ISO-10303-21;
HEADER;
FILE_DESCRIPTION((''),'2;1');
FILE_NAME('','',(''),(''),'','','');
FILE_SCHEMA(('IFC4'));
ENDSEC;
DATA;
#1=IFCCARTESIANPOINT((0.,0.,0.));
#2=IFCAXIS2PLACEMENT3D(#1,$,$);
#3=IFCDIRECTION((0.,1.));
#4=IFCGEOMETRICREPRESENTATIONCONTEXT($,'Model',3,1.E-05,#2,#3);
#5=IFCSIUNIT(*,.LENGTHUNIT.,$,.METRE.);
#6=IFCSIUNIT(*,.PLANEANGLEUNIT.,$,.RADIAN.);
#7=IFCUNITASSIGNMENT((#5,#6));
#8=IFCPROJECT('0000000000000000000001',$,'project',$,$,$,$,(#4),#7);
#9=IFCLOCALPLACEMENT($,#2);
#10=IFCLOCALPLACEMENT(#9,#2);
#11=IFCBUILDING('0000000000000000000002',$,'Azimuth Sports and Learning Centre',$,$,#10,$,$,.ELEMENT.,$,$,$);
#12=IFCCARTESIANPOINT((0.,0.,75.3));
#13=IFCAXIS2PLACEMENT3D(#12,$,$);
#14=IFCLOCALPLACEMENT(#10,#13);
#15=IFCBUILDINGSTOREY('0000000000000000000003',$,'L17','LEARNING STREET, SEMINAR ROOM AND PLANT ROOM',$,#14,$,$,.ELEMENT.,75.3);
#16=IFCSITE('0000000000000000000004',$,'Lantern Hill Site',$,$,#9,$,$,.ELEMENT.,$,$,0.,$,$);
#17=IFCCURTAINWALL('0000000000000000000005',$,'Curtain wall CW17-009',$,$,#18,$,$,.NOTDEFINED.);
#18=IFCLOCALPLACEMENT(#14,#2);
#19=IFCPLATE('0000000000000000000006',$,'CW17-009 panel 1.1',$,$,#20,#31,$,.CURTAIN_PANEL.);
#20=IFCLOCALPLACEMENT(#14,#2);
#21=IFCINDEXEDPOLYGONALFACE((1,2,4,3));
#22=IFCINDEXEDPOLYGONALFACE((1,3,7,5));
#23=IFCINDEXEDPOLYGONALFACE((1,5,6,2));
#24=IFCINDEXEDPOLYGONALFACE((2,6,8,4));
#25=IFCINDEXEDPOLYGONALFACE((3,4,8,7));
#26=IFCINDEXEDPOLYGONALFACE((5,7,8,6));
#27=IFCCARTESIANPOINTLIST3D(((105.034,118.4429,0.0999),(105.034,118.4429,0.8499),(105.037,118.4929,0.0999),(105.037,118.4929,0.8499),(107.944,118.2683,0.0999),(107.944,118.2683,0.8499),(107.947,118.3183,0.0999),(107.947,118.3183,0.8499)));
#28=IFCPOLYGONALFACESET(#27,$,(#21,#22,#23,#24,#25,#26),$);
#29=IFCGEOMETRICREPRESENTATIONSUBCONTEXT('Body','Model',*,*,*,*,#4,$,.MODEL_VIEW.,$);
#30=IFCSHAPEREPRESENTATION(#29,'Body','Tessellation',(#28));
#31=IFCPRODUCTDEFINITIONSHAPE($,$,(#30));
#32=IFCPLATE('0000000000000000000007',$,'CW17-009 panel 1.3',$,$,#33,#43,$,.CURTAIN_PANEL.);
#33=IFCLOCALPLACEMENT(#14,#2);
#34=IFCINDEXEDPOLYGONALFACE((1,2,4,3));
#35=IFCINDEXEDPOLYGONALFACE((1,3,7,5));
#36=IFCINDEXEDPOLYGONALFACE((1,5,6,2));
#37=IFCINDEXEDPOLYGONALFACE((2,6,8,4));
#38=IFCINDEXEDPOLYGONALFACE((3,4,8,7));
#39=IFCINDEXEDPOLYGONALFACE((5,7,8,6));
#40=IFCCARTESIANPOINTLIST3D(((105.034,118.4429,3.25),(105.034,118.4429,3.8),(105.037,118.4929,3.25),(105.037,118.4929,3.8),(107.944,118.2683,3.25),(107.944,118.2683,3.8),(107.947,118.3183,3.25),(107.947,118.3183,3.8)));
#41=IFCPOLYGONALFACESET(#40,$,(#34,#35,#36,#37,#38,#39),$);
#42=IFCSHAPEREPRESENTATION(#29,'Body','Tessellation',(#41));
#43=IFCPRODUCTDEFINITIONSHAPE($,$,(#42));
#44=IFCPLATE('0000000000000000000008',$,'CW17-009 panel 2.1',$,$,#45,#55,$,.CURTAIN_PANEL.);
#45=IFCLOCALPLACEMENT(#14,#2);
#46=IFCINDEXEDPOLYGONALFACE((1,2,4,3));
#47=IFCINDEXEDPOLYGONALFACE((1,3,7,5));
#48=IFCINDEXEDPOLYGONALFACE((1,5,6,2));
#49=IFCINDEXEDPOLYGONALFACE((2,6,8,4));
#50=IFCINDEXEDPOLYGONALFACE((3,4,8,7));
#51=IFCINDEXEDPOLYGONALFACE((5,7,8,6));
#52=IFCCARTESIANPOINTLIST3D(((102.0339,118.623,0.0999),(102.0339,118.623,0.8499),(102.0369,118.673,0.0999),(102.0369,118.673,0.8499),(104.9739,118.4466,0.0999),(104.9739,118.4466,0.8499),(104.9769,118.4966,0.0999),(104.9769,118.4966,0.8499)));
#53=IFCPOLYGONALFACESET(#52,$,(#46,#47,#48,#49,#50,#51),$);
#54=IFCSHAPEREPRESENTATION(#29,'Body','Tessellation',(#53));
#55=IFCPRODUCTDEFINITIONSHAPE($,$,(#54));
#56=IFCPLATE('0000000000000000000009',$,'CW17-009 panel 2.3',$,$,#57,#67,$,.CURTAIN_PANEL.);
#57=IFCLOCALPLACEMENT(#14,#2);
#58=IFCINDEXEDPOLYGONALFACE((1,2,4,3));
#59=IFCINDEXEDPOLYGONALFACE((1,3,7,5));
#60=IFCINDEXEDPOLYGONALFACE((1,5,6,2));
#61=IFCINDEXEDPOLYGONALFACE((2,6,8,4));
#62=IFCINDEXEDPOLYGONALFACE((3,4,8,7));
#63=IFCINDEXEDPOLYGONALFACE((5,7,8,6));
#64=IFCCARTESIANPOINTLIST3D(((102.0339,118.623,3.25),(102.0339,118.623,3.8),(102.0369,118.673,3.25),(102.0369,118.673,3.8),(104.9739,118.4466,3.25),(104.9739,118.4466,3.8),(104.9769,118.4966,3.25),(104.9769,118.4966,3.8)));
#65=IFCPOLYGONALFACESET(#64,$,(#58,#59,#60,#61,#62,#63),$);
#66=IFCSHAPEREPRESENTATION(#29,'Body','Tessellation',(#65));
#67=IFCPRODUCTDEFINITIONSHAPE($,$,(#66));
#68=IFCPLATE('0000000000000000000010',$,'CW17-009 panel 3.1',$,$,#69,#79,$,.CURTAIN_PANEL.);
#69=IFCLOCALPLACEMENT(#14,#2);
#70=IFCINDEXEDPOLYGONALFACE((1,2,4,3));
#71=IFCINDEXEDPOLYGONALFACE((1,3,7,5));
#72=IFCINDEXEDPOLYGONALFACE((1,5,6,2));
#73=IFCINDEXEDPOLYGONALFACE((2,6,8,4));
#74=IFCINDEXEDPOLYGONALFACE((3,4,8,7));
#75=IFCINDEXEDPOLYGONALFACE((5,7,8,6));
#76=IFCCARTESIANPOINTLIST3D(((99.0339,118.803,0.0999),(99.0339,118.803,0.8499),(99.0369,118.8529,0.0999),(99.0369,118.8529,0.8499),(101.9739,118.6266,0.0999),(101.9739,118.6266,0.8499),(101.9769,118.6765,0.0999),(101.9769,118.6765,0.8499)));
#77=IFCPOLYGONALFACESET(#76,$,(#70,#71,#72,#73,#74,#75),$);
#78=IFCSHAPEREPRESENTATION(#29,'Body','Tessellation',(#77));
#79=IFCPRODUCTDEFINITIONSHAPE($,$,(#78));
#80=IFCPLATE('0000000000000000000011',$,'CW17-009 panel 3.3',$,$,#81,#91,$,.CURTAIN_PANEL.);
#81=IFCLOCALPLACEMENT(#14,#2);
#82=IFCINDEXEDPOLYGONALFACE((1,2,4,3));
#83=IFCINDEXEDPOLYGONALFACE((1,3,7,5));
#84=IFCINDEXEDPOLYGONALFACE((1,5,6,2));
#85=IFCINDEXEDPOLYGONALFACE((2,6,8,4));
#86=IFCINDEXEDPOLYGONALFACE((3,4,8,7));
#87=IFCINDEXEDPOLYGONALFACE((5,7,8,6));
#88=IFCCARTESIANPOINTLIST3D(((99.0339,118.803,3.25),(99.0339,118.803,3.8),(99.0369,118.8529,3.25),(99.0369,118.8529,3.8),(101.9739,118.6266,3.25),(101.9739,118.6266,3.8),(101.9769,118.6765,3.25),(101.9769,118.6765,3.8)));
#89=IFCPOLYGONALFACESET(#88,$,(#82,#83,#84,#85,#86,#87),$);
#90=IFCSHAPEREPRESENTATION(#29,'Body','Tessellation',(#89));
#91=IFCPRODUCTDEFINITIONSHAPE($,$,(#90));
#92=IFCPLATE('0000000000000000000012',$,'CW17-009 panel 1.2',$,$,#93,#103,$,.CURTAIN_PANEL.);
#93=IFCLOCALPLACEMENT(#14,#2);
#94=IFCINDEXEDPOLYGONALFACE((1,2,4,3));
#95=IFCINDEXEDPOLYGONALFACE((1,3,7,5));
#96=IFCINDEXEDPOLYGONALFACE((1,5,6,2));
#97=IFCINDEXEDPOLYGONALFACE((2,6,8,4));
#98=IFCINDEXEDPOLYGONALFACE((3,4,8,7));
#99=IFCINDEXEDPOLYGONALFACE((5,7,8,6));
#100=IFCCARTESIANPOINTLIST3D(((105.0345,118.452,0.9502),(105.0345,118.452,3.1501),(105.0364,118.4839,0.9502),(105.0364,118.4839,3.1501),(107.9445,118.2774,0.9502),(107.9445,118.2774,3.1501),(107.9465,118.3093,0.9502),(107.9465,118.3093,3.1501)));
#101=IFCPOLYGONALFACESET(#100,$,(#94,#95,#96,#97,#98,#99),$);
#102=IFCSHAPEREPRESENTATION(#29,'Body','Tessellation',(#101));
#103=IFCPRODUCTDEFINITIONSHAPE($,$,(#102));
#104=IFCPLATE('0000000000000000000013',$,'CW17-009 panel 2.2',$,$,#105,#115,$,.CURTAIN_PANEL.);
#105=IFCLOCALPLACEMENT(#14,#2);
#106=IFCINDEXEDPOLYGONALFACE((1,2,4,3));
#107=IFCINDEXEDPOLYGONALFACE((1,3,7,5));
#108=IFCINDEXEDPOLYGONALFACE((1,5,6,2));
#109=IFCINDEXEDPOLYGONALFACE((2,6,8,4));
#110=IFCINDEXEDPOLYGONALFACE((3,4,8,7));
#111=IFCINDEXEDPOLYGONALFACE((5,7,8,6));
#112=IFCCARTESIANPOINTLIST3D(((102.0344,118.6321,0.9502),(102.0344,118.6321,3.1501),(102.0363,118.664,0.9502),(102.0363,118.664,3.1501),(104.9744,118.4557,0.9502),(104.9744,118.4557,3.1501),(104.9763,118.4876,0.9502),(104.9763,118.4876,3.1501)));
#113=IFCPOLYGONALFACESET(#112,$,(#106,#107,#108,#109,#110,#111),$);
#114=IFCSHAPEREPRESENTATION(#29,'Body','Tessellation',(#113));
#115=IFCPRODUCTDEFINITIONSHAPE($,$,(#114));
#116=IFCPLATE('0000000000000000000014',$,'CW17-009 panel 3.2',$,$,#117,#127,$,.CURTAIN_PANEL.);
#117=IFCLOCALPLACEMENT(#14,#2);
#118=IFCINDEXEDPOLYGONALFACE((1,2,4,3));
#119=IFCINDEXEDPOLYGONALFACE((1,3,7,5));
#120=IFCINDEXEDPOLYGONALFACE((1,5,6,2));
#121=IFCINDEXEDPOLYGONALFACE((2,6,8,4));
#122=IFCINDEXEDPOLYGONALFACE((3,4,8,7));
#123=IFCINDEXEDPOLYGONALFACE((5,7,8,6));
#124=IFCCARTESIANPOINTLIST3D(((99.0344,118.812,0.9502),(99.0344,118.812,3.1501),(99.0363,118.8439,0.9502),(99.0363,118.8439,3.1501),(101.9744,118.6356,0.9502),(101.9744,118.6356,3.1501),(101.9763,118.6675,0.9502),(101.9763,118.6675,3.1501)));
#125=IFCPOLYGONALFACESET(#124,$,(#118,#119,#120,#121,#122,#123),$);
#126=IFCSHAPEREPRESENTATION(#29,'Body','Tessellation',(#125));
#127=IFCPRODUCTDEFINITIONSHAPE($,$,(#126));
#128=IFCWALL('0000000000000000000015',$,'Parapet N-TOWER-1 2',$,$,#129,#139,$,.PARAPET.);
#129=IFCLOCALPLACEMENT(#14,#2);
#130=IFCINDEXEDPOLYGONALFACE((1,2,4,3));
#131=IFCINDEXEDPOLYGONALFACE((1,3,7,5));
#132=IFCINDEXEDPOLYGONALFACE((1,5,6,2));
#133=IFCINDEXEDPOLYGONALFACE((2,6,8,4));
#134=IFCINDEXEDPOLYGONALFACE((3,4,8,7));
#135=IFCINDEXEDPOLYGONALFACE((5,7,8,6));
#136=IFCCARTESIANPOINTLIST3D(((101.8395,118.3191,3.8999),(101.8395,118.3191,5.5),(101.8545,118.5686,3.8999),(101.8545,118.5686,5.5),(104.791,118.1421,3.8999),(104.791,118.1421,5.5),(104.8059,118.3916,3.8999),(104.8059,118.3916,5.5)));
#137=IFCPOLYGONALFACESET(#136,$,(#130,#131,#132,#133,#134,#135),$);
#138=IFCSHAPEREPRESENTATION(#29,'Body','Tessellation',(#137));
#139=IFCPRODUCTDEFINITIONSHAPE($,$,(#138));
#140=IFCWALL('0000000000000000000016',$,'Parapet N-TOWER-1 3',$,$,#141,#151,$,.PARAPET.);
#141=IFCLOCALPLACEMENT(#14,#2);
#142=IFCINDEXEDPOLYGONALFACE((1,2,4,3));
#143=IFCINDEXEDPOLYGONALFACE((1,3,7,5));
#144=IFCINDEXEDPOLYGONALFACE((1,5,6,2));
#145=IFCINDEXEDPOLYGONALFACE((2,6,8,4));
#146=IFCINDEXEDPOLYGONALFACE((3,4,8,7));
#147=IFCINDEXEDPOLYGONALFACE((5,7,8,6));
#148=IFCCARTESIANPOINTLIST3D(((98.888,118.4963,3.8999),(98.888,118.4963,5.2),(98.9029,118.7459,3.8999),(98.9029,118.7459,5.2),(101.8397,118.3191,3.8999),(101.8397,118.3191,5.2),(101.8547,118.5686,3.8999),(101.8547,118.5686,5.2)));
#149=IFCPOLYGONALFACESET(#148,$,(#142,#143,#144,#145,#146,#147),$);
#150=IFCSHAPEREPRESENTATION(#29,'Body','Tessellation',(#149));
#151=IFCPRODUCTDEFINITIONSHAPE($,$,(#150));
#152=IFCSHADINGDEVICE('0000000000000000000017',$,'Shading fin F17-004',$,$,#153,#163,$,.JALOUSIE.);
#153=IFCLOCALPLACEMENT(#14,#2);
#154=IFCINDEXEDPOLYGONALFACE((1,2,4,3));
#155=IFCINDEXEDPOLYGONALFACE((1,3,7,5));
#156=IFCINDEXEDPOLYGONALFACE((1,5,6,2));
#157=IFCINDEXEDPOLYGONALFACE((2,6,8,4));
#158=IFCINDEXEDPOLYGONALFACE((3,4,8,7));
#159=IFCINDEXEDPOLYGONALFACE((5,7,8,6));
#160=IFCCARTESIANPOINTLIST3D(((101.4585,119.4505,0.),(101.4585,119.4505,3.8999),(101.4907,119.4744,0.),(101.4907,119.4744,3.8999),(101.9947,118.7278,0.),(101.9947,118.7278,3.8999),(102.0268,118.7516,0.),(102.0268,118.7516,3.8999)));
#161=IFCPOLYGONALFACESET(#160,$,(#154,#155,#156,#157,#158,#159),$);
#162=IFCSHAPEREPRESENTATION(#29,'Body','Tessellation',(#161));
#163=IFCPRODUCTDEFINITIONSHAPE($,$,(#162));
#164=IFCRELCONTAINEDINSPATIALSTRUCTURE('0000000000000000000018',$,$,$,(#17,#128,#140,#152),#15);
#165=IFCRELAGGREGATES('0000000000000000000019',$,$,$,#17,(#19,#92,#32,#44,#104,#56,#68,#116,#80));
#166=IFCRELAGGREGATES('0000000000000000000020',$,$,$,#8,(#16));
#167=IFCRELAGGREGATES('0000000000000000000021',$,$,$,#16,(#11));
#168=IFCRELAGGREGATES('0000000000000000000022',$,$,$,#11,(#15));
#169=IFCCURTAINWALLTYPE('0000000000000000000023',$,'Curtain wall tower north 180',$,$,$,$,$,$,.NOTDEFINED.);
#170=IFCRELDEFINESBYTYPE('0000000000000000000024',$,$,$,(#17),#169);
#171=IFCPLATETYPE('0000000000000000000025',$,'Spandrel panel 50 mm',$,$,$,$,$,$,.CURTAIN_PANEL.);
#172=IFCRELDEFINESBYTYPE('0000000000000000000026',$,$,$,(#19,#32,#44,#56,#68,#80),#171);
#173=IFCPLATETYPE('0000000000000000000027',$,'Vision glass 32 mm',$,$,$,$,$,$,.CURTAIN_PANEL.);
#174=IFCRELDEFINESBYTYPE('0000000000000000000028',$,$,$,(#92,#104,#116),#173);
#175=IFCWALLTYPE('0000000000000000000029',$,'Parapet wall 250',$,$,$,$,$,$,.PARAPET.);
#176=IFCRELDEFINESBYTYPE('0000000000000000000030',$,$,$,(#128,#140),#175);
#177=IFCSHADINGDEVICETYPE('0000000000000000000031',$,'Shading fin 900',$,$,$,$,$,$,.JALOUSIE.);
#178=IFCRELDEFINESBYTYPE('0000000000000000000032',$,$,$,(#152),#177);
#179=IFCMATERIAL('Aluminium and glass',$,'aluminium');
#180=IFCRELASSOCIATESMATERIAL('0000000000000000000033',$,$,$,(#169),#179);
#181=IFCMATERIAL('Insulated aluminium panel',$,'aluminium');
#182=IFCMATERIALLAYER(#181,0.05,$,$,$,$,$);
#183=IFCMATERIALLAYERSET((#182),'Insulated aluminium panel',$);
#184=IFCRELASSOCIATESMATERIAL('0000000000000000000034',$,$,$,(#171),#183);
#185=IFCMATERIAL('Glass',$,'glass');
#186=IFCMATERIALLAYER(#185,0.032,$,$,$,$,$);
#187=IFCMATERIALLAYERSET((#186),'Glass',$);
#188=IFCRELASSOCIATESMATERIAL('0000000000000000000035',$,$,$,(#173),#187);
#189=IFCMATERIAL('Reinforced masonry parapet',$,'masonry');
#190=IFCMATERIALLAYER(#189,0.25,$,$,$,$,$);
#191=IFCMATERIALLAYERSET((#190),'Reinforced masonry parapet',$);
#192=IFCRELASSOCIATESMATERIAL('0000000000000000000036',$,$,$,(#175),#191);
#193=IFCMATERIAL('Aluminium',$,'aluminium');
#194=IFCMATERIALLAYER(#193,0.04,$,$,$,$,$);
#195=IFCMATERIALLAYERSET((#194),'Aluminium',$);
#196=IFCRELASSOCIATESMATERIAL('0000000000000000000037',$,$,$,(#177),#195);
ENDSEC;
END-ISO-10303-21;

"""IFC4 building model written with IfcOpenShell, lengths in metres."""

from ifc_helpers import new_model, si_unit, direction, frame, frame_2d, origin, origin_2d, place, context, subcontext, project, spatial, rectangle, extrude, material, layer, layer_set, type_object, element, aggregate, save


model = new_model("IFC4")

# Units and contexts
model_context = context("Model", 3, precision=1e-05, world=origin(), true_north=direction((0.0, 1.0)))
body_context = subcontext(model_context, "Body", "Model", "MODEL_VIEW")
ifc_project = project(units=[si_unit("LENGTHUNIT", "METRE"), si_unit("PLANEANGLEUNIT", "RADIAN")], contexts=[model_context])

# Site, building, storey
site_placement = place(None, origin())
site = spatial("IfcSite", under=ifc_project, at=site_placement, Name="Lantern Hill Site", CompositionType="ELEMENT", RefElevation=0.0)
building_placement = place(site_placement, origin())
building = spatial("IfcBuilding", under=site, at=building_placement, Name="Azimuth Sports and Learning Centre", CompositionType="ELEMENT")
storey_placement = place(building_placement, frame((0.0, 0.0, 75.3)))
storey = spatial("IfcBuildingStorey", under=building, at=storey_placement, Name="L17", Description="LEARNING STREET, SEMINAR ROOM AND PLANT ROOM", CompositionType="ELEMENT", Elevation=75.3)

# Curtain wall, plates
ifc_material_1 = material(Name="Aluminium and glass", Category="aluminium")
curtain_wall_type = type_object("IfcCurtainWallType", Name="Curtain wall tower north 180", PredefinedType="NOTDEFINED", material=ifc_material_1)
curtain_wall_placement = place(storey_placement, origin())
curtain_wall = element("IfcCurtainWall", 1, at=curtain_wall_placement, inside=storey, type_object=curtain_wall_type, Name="Curtain wall CW17-009", PredefinedType="NOTDEFINED")
ifc_material_2 = material(Name="Insulated aluminium panel", Category="aluminium")
ifc_layer_1 = layer(ifc_material_2, 0.05)
ifc_layer_set_1 = layer_set([ifc_layer_1], Name="Insulated aluminium panel")
plate_type_1 = type_object("IfcPlateType", Name="Spandrel panel 50 mm", PredefinedType="CURTAIN_PANEL", material=ifc_layer_set_1)
plate_1_placement = place(storey_placement, frame((106.4905, 118.3806, 0.0999), z_axis=(0.0, 0.0, 1.0), x_axis=(-0.998205, 0.059892, 0.0)))
plate_1 = element("IfcPlate", 2, at=plate_1_placement, type_object=plate_type_1, Name="CW17-009 panel 1.1", PredefinedType="CURTAIN_PANEL", context=body_context, shape_type="SweptSolid", body=[
    extrude(rectangle(XDim=2.9153, YDim=0.05, at=origin_2d()), origin(), (0.0, 0.0, 1.0), 0.75),
])
plate_2_placement = place(storey_placement, frame((106.4905, 118.3806, 3.25), z_axis=(0.0, 0.0, 1.0), x_axis=(-0.998205, 0.059892, 0.0)))
plate_2 = element("IfcPlate", 3, at=plate_2_placement, type_object=plate_type_1, Name="CW17-009 panel 1.3", PredefinedType="CURTAIN_PANEL", context=body_context, shape_type="SweptSolid", body=[
    extrude(rectangle(XDim=2.9153, YDim=0.05, at=origin_2d()), origin(), (0.0, 0.0, 1.0), 0.55),
])
plate_3_placement = place(storey_placement, frame((103.5054, 118.5598, 0.0999), z_axis=(0.0, 0.0, 1.0), x_axis=(-0.998205, 0.059892, 0.0)))
plate_3 = element("IfcPlate", 4, at=plate_3_placement, type_object=plate_type_1, Name="CW17-009 panel 2.1", PredefinedType="CURTAIN_PANEL", context=body_context, shape_type="SweptSolid", body=[
    extrude(rectangle(XDim=2.9453, YDim=0.05, at=origin_2d()), origin(), (0.0, 0.0, 1.0), 0.75),
])
plate_4_placement = place(storey_placement, frame((103.5054, 118.5598, 3.25), z_axis=(0.0, 0.0, 1.0), x_axis=(-0.998205, 0.059892, 0.0)))
plate_4 = element("IfcPlate", 5, at=plate_4_placement, type_object=plate_type_1, Name="CW17-009 panel 2.3", PredefinedType="CURTAIN_PANEL", context=body_context, shape_type="SweptSolid", body=[
    extrude(rectangle(XDim=2.9453, YDim=0.05, at=origin_2d()), origin(), (0.0, 0.0, 1.0), 0.55),
])
plate_5_placement = place(storey_placement, frame((100.5054, 118.7397, 0.0999), z_axis=(0.0, 0.0, 1.0), x_axis=(-0.998205, 0.059892, 0.0)))
plate_5 = element("IfcPlate", 6, at=plate_5_placement, type_object=plate_type_1, Name="CW17-009 panel 3.1", PredefinedType="CURTAIN_PANEL", context=body_context, shape_type="SweptSolid", body=[
    extrude(rectangle(XDim=2.9453, YDim=0.05, at=origin_2d()), origin(), (0.0, 0.0, 1.0), 0.75),
])
plate_6_placement = place(storey_placement, frame((100.5054, 118.7397, 3.25), z_axis=(0.0, 0.0, 1.0), x_axis=(-0.998205, 0.059892, 0.0)))
plate_6 = element("IfcPlate", 7, at=plate_6_placement, type_object=plate_type_1, Name="CW17-009 panel 3.3", PredefinedType="CURTAIN_PANEL", context=body_context, shape_type="SweptSolid", body=[
    extrude(rectangle(XDim=2.9453, YDim=0.05, at=origin_2d()), origin(), (0.0, 0.0, 1.0), 0.55),
])
ifc_material_3 = material(Name="Glass", Category="glass")
ifc_layer_2 = layer(ifc_material_3, 0.032)
ifc_layer_set_2 = layer_set([ifc_layer_2], Name="Glass")
plate_type_2 = type_object("IfcPlateType", Name="Vision glass 32 mm", PredefinedType="CURTAIN_PANEL", material=ifc_layer_set_2)
plate_7_placement = place(storey_placement, frame((106.4905, 118.3806, 0.9502), z_axis=(0.0, 0.0, 1.0), x_axis=(-0.998205, 0.059892, 0.0)))
plate_7 = element("IfcPlate", 8, at=plate_7_placement, type_object=plate_type_2, Name="CW17-009 panel 1.2", PredefinedType="CURTAIN_PANEL", context=body_context, shape_type="SweptSolid", body=[
    extrude(rectangle(XDim=2.9153, YDim=0.032, at=origin_2d()), origin(), (0.0, 0.0, 1.0), 2.2),
])
plate_8_placement = place(storey_placement, frame((103.5054, 118.5598, 0.9502), z_axis=(0.0, 0.0, 1.0), x_axis=(-0.998205, 0.059892, 0.0)))
plate_8 = element("IfcPlate", 9, at=plate_8_placement, type_object=plate_type_2, Name="CW17-009 panel 2.2", PredefinedType="CURTAIN_PANEL", context=body_context, shape_type="SweptSolid", body=[
    extrude(rectangle(XDim=2.9453, YDim=0.032, at=origin_2d()), origin(), (0.0, 0.0, 1.0), 2.2),
])
plate_9_placement = place(storey_placement, frame((100.5054, 118.7397, 0.9502), z_axis=(0.0, 0.0, 1.0), x_axis=(-0.998205, 0.059892, 0.0)))
plate_9 = element("IfcPlate", 10, at=plate_9_placement, type_object=plate_type_2, Name="CW17-009 panel 3.2", PredefinedType="CURTAIN_PANEL", context=body_context, shape_type="SweptSolid", body=[
    extrude(rectangle(XDim=2.9453, YDim=0.032, at=origin_2d()), origin(), (0.0, 0.0, 1.0), 2.2),
])
aggregate(curtain_wall, [plate_1, plate_7, plate_2, plate_3, plate_8, plate_4, plate_5, plate_9, plate_6])

# Walls
ifc_material_4 = material(Name="Reinforced masonry parapet", Category="masonry")
ifc_layer_3 = layer(ifc_material_4, 0.25)
ifc_layer_set_3 = layer_set([ifc_layer_3], Name="Reinforced masonry parapet")
wall_type = type_object("IfcWallType", Name="Parapet wall 250", PredefinedType="PARAPET", material=ifc_layer_set_3)
wall_1_placement = place(storey_placement, frame((104.7986, 118.2668, 3.8999), z_axis=(0.0, 0.0, 1.0), x_axis=(-0.998207, 0.059864, 0.0)))
element("IfcWall", 11, at=wall_1_placement, inside=storey, type_object=wall_type, Name="Parapet N-TOWER-1 2", PredefinedType="PARAPET", context=body_context, shape_type="SweptSolid", body=[
    extrude(rectangle(XDim=2.9568, YDim=0.25, at=frame_2d((1.4785, 0.0))), origin(), (0.0, 0.0, 1.0), 1.6001),
])
wall_2_placement = place(storey_placement, frame((101.8472, 118.4438, 3.8999), z_axis=(0.0, 0.0, 1.0), x_axis=(-0.998202, 0.059942, 0.0)))
element("IfcWall", 12, at=wall_2_placement, inside=storey, type_object=wall_type, Name="Parapet N-TOWER-1 3", PredefinedType="PARAPET", context=body_context, shape_type="SweptSolid", body=[
    extrude(rectangle(XDim=2.957, YDim=0.25, at=frame_2d((1.4785, 0.0))), origin(), (0.0, 0.0, 1.0), 1.3),
])

# Shading device
ifc_material_5 = material(Name="Aluminium", Category="aluminium")
ifc_layer_4 = layer(ifc_material_5, 0.04)
ifc_layer_set_4 = layer_set([ifc_layer_4], Name="Aluminium")
shading_device_type = type_object("IfcShadingDeviceType", Name="Shading fin 900", PredefinedType="JALOUSIE", material=ifc_layer_set_4)
shading_device_placement = place(storey_placement, frame((101.7427, 119.1011, 0.0), z_axis=(0.0, 0.0, 1.0), x_axis=(-0.595754, 0.803167, 0.0)))
element("IfcShadingDevice", 13, at=shading_device_placement, inside=storey, type_object=shading_device_type, Name="Shading fin F17-004", PredefinedType="JALOUSIE", context=body_context, shape_type="SweptSolid", body=[
    extrude(rectangle(XDim=0.8999, YDim=0.04, at=origin_2d()), origin(), (0.0, 0.0, 1.0), 3.8999),
])

save(model, "model.ifc")
